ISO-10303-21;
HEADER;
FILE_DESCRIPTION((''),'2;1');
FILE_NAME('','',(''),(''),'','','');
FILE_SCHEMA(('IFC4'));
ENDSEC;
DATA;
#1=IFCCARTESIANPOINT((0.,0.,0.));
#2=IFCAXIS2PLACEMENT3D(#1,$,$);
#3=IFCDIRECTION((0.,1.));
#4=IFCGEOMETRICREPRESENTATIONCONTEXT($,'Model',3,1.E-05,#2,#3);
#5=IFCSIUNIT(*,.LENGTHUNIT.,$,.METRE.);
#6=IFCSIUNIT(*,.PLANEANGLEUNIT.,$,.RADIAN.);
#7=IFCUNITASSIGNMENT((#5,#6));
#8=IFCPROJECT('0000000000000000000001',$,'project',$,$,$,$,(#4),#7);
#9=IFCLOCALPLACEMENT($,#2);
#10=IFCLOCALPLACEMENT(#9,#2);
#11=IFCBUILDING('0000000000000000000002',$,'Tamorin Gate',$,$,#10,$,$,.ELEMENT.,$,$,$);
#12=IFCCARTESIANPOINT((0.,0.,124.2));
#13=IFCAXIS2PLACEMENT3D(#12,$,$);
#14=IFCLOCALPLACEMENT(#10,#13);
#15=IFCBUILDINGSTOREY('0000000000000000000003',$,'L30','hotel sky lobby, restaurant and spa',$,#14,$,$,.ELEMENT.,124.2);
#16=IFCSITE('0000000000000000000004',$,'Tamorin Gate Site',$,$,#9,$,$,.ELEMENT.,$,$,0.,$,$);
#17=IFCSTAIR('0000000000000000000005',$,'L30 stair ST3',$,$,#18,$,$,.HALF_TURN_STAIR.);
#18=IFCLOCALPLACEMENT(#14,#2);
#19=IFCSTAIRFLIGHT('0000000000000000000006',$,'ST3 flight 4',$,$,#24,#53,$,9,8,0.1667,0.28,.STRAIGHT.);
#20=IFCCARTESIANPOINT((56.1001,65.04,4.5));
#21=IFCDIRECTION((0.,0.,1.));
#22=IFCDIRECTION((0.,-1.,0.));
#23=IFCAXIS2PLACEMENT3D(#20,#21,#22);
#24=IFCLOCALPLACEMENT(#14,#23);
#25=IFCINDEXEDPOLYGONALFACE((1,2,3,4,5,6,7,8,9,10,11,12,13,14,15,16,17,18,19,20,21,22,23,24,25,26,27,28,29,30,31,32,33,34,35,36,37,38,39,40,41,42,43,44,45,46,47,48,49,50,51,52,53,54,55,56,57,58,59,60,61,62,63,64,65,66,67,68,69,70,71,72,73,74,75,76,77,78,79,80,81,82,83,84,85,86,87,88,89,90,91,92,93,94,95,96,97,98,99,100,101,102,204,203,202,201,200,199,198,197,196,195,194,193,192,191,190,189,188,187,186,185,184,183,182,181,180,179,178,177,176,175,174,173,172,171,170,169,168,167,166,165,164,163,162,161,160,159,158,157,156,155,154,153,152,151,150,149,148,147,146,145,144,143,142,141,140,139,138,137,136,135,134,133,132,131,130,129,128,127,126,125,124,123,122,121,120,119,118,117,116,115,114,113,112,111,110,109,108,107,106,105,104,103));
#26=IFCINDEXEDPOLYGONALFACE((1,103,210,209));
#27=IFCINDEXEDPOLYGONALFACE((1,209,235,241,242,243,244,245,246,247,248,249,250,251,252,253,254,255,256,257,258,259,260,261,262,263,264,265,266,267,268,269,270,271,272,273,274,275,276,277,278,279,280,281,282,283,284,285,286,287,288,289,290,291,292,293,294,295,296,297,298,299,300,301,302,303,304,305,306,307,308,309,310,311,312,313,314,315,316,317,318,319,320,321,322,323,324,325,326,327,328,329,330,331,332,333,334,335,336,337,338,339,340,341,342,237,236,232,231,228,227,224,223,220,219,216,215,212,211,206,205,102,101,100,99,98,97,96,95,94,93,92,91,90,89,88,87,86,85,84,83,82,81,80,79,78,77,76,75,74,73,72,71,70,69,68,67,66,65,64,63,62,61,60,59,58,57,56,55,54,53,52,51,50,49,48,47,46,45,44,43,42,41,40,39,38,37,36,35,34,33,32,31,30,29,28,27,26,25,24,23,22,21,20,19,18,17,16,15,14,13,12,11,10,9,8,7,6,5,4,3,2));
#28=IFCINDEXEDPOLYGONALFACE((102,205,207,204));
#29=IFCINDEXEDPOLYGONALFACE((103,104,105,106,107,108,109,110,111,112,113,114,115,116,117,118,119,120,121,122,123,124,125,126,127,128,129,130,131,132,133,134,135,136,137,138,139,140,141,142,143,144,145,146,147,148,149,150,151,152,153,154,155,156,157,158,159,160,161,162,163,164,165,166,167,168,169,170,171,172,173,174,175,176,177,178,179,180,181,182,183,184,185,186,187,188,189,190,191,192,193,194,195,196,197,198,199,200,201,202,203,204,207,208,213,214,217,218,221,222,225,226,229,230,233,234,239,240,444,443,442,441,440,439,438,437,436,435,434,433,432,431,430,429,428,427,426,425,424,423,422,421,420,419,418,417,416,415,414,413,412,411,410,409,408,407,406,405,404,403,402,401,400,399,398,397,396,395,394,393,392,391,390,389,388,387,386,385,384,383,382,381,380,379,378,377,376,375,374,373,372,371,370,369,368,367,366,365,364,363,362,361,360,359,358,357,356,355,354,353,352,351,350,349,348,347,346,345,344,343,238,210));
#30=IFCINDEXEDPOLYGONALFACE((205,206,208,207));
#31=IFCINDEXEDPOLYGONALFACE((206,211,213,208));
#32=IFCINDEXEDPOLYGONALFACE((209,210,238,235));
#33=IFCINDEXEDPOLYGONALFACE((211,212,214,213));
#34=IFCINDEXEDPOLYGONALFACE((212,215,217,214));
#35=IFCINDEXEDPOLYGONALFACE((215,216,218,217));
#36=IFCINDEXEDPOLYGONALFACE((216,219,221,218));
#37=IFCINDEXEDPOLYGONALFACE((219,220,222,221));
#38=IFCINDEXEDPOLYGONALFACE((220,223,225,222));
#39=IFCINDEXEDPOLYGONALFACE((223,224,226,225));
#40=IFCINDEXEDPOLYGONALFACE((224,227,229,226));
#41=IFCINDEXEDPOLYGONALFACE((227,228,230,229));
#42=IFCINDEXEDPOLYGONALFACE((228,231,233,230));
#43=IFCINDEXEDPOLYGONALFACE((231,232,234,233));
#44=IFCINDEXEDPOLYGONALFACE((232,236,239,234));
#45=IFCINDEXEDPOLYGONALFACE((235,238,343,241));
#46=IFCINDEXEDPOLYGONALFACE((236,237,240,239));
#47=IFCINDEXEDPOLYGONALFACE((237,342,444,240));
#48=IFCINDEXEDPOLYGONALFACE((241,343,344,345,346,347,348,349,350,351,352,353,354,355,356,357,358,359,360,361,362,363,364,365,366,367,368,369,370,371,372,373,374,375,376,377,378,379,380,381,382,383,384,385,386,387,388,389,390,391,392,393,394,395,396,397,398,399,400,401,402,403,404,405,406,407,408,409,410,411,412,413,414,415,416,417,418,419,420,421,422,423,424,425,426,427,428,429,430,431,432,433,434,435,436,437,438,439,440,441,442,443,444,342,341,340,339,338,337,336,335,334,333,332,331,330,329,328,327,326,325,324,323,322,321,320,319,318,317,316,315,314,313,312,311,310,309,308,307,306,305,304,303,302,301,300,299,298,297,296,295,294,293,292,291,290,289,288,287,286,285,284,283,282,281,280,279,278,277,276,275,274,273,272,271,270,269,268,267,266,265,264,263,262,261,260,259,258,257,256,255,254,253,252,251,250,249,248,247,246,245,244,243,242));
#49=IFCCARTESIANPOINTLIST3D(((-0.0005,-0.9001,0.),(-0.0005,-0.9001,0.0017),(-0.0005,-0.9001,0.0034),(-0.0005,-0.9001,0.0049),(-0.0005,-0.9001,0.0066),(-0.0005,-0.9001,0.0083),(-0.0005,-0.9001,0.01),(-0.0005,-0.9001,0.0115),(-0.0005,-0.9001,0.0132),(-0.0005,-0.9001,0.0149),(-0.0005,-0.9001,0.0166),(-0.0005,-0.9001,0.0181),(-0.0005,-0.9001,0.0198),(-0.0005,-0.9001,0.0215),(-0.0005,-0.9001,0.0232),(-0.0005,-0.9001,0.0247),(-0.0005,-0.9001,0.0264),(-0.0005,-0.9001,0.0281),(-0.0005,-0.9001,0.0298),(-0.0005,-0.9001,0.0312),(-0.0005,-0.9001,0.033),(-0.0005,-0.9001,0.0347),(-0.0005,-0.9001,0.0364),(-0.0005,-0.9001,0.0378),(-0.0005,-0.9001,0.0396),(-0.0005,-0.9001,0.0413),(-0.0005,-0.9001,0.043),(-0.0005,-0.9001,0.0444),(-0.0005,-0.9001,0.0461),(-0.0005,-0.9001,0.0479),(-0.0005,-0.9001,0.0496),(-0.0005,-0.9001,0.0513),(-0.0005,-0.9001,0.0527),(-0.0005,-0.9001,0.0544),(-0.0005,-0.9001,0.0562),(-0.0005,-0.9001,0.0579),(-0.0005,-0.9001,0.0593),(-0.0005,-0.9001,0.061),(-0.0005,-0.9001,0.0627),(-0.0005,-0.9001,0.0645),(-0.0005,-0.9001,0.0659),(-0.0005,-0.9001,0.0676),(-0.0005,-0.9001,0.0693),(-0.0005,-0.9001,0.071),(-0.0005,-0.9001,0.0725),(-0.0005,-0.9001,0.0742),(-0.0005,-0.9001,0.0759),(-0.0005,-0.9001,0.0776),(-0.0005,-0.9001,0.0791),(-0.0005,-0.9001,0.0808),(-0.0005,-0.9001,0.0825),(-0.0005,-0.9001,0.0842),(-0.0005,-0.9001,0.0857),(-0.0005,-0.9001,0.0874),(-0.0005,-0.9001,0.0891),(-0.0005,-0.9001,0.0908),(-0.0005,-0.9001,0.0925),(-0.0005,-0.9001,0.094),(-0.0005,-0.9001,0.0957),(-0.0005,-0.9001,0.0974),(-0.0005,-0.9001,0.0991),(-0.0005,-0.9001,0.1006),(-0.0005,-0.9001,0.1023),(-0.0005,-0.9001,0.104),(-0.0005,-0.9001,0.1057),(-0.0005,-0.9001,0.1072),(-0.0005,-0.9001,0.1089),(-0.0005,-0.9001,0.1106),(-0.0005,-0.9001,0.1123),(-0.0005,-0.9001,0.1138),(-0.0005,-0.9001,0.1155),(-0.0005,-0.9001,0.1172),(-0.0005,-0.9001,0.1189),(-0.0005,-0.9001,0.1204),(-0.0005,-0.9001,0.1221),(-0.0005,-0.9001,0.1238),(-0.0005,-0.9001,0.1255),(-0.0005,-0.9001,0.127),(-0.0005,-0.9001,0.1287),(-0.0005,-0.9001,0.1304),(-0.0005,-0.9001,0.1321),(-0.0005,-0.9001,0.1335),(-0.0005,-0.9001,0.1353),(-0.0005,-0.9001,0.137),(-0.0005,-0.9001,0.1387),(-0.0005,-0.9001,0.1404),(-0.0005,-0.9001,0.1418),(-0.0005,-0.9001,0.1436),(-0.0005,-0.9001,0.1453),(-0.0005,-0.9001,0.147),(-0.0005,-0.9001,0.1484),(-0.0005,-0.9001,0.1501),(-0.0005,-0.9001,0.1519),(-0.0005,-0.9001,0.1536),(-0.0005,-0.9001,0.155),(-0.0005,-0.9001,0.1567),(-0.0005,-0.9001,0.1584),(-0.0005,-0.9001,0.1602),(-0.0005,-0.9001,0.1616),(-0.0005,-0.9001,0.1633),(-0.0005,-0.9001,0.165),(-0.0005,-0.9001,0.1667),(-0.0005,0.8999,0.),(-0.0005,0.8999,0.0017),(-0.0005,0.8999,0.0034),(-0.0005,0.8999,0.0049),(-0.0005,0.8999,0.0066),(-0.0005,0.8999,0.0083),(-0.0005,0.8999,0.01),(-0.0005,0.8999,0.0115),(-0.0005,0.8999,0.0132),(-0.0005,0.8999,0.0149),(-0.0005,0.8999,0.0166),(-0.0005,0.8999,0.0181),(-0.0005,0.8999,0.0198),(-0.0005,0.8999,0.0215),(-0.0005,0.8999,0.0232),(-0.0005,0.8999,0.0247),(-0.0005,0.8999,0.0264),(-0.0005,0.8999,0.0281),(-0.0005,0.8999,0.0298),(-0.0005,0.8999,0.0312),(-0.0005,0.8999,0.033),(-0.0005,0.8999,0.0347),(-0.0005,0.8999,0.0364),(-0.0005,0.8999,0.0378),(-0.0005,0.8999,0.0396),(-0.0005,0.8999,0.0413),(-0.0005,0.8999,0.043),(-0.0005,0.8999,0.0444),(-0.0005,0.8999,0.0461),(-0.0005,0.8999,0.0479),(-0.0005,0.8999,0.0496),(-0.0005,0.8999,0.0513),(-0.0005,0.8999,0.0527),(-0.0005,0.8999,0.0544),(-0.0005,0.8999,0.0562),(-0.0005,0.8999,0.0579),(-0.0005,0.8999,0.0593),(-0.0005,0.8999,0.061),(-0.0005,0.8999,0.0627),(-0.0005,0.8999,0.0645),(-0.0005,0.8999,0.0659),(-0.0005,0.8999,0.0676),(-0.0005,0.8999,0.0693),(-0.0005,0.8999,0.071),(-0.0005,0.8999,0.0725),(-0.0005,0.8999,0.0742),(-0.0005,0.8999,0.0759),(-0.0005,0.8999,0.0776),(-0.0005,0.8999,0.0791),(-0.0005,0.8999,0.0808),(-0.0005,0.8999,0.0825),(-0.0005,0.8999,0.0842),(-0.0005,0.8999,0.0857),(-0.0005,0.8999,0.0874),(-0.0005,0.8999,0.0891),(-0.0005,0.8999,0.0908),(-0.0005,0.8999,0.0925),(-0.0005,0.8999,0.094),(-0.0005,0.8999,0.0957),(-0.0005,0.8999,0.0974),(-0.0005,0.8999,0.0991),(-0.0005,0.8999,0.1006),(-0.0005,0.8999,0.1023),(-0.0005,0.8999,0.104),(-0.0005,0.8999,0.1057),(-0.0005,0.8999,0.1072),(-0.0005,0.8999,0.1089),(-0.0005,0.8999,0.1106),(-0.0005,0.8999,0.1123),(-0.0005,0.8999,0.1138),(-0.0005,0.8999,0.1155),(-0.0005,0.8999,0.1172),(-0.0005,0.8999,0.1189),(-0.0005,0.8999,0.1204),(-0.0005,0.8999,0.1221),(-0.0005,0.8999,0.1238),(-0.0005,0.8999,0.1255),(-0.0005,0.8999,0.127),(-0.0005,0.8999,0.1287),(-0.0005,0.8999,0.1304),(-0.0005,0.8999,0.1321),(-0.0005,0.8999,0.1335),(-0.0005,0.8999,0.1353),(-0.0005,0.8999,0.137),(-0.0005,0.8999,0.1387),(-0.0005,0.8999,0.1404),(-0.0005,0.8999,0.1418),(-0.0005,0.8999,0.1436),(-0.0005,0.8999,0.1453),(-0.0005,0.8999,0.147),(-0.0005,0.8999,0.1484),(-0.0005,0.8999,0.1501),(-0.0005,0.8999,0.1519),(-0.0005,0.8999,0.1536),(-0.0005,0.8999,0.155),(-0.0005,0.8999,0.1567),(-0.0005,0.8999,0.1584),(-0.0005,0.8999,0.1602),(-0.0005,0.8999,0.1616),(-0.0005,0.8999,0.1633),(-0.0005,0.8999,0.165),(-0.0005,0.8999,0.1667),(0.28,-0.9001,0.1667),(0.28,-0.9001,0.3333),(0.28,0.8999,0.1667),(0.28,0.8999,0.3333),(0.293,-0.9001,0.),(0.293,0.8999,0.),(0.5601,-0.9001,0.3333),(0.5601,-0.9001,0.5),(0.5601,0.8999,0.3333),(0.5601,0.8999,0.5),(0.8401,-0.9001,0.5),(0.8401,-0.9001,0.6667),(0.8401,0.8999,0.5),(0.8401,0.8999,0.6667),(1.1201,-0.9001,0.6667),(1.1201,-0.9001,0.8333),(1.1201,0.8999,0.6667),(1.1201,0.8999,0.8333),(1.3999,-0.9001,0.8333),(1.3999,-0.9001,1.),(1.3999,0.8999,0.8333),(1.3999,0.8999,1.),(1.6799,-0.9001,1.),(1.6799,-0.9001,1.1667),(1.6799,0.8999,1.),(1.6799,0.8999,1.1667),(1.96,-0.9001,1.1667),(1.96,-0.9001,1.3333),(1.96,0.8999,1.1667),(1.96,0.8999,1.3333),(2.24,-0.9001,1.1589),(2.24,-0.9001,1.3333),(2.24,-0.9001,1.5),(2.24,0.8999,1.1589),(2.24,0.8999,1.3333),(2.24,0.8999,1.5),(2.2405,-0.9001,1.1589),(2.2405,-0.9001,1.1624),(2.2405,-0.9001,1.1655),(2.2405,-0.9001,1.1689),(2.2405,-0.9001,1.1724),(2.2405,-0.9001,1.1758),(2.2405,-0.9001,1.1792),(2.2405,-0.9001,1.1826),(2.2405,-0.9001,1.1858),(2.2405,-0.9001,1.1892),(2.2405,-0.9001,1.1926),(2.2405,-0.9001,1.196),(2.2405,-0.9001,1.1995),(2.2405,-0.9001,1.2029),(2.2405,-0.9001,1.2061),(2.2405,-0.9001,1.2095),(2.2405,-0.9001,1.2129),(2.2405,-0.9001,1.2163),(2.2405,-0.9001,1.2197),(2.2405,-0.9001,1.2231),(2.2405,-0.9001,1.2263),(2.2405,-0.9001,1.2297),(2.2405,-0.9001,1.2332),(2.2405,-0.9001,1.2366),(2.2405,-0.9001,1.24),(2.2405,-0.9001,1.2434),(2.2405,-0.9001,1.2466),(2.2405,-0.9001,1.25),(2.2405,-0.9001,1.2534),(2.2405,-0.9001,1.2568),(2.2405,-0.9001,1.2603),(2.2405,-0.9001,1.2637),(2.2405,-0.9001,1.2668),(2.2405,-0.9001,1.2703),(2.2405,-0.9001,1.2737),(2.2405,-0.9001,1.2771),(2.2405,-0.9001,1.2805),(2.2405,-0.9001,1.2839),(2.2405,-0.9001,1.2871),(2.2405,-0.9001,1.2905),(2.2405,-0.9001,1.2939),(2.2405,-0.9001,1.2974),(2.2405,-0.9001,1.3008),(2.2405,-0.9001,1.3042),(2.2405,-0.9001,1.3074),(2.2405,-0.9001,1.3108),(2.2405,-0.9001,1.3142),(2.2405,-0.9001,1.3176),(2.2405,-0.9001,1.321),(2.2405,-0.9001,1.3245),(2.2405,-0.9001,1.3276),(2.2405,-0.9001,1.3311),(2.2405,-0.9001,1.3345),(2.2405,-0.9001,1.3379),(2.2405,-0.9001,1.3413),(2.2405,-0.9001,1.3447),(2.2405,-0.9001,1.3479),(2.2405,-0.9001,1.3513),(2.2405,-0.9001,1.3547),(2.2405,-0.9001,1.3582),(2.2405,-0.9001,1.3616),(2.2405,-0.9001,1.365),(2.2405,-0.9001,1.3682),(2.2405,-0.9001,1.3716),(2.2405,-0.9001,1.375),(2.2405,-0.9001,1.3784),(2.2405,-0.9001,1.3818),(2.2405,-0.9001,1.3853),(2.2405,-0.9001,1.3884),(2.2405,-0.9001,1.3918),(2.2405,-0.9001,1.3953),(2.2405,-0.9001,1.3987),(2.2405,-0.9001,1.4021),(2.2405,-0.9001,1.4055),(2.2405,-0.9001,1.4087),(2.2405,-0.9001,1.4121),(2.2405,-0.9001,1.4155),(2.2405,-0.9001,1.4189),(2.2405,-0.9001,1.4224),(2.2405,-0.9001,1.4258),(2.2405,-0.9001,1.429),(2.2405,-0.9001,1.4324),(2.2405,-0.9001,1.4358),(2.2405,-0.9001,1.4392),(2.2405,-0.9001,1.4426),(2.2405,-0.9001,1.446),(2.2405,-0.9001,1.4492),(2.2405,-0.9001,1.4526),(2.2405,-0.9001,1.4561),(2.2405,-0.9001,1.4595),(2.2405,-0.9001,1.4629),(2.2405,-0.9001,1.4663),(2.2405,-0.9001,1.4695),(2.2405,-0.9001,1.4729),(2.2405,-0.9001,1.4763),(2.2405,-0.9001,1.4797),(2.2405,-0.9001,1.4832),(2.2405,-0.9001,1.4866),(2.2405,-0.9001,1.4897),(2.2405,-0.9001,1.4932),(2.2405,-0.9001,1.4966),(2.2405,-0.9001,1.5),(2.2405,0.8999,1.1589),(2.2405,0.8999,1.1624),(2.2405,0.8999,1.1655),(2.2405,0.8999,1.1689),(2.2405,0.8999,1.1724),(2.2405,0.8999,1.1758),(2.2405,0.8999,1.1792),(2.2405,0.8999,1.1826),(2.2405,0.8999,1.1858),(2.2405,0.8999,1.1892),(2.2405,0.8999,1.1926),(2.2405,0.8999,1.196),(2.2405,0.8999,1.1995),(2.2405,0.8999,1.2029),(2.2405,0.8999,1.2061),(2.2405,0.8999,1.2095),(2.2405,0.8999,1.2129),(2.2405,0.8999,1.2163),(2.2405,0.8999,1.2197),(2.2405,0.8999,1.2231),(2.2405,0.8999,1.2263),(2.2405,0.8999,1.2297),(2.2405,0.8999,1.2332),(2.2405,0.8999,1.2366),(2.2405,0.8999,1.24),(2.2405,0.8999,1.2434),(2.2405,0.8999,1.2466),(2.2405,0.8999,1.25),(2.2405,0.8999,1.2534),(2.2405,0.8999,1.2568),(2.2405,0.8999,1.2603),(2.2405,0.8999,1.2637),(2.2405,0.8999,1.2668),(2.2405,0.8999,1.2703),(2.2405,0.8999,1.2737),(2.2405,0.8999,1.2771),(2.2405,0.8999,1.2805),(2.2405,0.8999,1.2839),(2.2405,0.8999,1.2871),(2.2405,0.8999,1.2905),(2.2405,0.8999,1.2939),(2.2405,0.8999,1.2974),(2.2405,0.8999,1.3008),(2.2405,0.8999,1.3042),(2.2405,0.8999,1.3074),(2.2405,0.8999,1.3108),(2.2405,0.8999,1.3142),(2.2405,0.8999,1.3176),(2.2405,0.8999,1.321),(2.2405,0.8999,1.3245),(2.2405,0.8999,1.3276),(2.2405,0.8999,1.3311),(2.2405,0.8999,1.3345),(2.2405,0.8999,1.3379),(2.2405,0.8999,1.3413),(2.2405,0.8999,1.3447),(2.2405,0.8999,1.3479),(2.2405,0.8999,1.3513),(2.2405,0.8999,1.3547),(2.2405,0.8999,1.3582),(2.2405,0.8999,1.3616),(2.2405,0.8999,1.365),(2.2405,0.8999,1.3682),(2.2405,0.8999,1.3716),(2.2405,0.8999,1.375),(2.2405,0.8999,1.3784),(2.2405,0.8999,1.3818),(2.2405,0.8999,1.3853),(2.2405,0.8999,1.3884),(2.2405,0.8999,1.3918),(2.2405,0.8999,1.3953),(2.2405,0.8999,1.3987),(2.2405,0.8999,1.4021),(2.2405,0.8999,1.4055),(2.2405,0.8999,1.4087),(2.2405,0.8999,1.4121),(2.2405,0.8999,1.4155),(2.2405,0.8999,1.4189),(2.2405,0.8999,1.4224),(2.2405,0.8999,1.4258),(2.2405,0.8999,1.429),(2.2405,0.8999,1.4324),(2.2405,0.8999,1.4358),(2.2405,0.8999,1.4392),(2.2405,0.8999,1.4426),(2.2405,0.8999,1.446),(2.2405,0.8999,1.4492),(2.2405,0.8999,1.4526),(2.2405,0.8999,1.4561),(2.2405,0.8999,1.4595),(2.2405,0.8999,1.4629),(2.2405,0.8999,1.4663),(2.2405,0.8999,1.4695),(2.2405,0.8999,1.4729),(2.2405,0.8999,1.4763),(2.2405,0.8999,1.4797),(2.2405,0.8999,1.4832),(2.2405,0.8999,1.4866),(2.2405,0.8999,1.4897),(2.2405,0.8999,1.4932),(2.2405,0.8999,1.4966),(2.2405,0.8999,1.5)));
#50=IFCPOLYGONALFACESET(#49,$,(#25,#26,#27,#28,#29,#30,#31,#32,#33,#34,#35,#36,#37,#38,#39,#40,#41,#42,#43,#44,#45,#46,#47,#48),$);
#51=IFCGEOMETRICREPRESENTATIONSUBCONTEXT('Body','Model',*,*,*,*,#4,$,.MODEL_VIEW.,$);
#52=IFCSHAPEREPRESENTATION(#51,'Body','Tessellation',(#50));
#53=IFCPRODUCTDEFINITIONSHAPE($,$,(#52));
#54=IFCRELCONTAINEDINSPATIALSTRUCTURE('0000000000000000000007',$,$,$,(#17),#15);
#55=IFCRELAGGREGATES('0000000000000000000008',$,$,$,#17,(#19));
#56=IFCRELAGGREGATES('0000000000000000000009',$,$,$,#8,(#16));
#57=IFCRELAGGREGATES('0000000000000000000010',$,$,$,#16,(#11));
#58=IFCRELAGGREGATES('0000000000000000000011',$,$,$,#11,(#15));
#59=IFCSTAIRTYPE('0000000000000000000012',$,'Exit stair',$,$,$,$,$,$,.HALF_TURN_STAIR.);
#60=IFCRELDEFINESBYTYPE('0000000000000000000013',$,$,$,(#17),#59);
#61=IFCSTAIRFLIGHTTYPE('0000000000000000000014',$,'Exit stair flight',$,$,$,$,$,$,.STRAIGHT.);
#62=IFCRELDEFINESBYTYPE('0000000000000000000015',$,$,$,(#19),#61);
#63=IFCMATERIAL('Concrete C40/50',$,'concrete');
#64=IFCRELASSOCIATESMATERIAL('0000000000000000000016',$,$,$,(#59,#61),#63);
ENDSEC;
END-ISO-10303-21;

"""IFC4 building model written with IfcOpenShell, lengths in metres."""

from ifc_helpers import new_model, si_unit, direction, frame, origin, place, context, subcontext, project, spatial, polyline, outline, extrude, material, type_object, element, aggregate, save


model = new_model("IFC4")

# Units and contexts
model_context = context("Model", 3, precision=1e-05, world=origin(), true_north=direction((0.0, 1.0)))
body_context = subcontext(model_context, "Body", "Model", "MODEL_VIEW")
ifc_project = project(units=[si_unit("LENGTHUNIT", "METRE"), si_unit("PLANEANGLEUNIT", "RADIAN")], contexts=[model_context])

# Site, building, storey
site_placement = place(None, origin())
site = spatial("IfcSite", under=ifc_project, at=site_placement, Name="Tamorin Gate Site", CompositionType="ELEMENT", RefElevation=0.0)
building_placement = place(site_placement, origin())
building = spatial("IfcBuilding", under=site, at=building_placement, Name="Tamorin Gate", CompositionType="ELEMENT")
storey_placement = place(building_placement, frame((0.0, 0.0, 124.2)))
storey = spatial("IfcBuildingStorey", under=building, at=storey_placement, Name="L30", Description="hotel sky lobby, restaurant and spa", CompositionType="ELEMENT", Elevation=124.2)

# Shared definitions
ifc_material_1 = material(Name="Concrete C40/50", Category="concrete")

# Stair, stair flight
stair_type = type_object("IfcStairType", Name="Exit stair", PredefinedType="HALF_TURN_STAIR", material=ifc_material_1)
stair_placement = place(storey_placement, origin())
stair = element("IfcStair", 1, at=stair_placement, inside=storey, type_object=stair_type, Name="L30 stair ST3", PredefinedType="HALF_TURN_STAIR")
stair_flight_type = type_object("IfcStairFlightType", Name="Exit stair flight", PredefinedType="STRAIGHT", material=ifc_material_1)
stair_flight_1_placement = place(storey_placement, frame((56.1001, 65.04, 4.5), z_axis=(0.0, 0.0, 1.0), x_axis=(0.0, -1.0, 0.0)))
stair_flight_1 = element("IfcStairFlight", 2, at=stair_flight_1_placement, type_object=stair_flight_type, Name="ST3 flight 4", NumberOfRisers=9, NumberOfTreads=8, PredefinedType="STRAIGHT", RiserHeight=0.1667, TreadLength=0.28, context=body_context, shape_type="SweptSolid", body=[
    extrude(outline(polyline([(-0.0005, 0.0), (-0.0005, 0.0017), (-0.0005, 0.0034), (-0.0005, 0.0049), (-0.0005, 0.0066), (-0.0005, 0.0083), (-0.0005, 0.01), (-0.0005, 0.0115), (-0.0005, 0.0132), (-0.0005, 0.0149), (-0.0005, 0.0166), (-0.0005, 0.0181), (-0.0005, 0.0198), (-0.0005, 0.0215), (-0.0005, 0.0232), (-0.0005, 0.0247), (-0.0005, 0.0264), (-0.0005, 0.0281), (-0.0005, 0.0298), (-0.0005, 0.0312), (-0.0005, 0.033), (-0.0005, 0.0347), (-0.0005, 0.0364), (-0.0005, 0.0378), (-0.0005, 0.0396), (-0.0005, 0.0413), (-0.0005, 0.043), (-0.0005, 0.0444), (-0.0005, 0.0461), (-0.0005, 0.0479), (-0.0005, 0.0496), (-0.0005, 0.0513), (-0.0005, 0.0527), (-0.0005, 0.0544), (-0.0005, 0.0562), (-0.0005, 0.0579), (-0.0005, 0.0593), (-0.0005, 0.061), (-0.0005, 0.0627), (-0.0005, 0.0645), (-0.0005, 0.0659), (-0.0005, 0.0676), (-0.0005, 0.0693), (-0.0005, 0.071), (-0.0005, 0.0725), (-0.0005, 0.0742), (-0.0005, 0.0759), (-0.0005, 0.0776), (-0.0005, 0.0791), (-0.0005, 0.0808), (-0.0005, 0.0825), (-0.0005, 0.0842), (-0.0005, 0.0857), (-0.0005, 0.0874), (-0.0005, 0.0891), (-0.0005, 0.0908), (-0.0005, 0.0925), (-0.0005, 0.094), (-0.0005, 0.0957), (-0.0005, 0.0974), (-0.0005, 0.0991), (-0.0005, 0.1006), (-0.0005, 0.1023), (-0.0005, 0.104), (-0.0005, 0.1057), (-0.0005, 0.1072), (-0.0005, 0.1089), (-0.0005, 0.1106), (-0.0005, 0.1123), (-0.0005, 0.1138), (-0.0005, 0.1155), (-0.0005, 0.1172), (-0.0005, 0.1189), (-0.0005, 0.1204), (-0.0005, 0.1221), (-0.0005, 0.1238), (-0.0005, 0.1255), (-0.0005, 0.127), (-0.0005, 0.1287), (-0.0005, 0.1304), (-0.0005, 0.1321), (-0.0005, 0.1335), (-0.0005, 0.1353), (-0.0005, 0.137), (-0.0005, 0.1387), (-0.0005, 0.1404), (-0.0005, 0.1418), (-0.0005, 0.1436), (-0.0005, 0.1453), (-0.0005, 0.147), (-0.0005, 0.1484), (-0.0005, 0.1501), (-0.0005, 0.1519), (-0.0005, 0.1536), (-0.0005, 0.155), (-0.0005, 0.1567), (-0.0005, 0.1584), (-0.0005, 0.1602), (-0.0005, 0.1616), (-0.0005, 0.1633), (-0.0005, 0.165), (-0.0005, 0.1667), (0.28, 0.1667), (0.28, 0.3333), (0.5601, 0.3333), (0.5601, 0.5), (0.8401, 0.5), (0.8401, 0.6667), (1.1201, 0.6667), (1.1201, 0.8333), (1.3999, 0.8333), (1.3999, 1.0), (1.6799, 1.0), (1.6799, 1.1667), (1.96, 1.1667), (1.96, 1.3333), (2.24, 1.3333), (2.24, 1.5), (2.2405, 1.5), (2.2405, 1.4966), (2.2405, 1.4932), (2.2405, 1.4897), (2.2405, 1.4866), (2.2405, 1.4832), (2.2405, 1.4797), (2.2405, 1.4763), (2.2405, 1.4729), (2.2405, 1.4695), (2.2405, 1.4663), (2.2405, 1.4629), (2.2405, 1.4595), (2.2405, 1.4561), (2.2405, 1.4526), (2.2405, 1.4492), (2.2405, 1.446), (2.2405, 1.4426), (2.2405, 1.4392), (2.2405, 1.4358), (2.2405, 1.4324), (2.2405, 1.429), (2.2405, 1.4258), (2.2405, 1.4224), (2.2405, 1.4189), (2.2405, 1.4155), (2.2405, 1.4121), (2.2405, 1.4087), (2.2405, 1.4055), (2.2405, 1.4021), (2.2405, 1.3987), (2.2405, 1.3953), (2.2405, 1.3918), (2.2405, 1.3884), (2.2405, 1.3853), (2.2405, 1.3818), (2.2405, 1.3784), (2.2405, 1.375), (2.2405, 1.3716), (2.2405, 1.3682), (2.2405, 1.365), (2.2405, 1.3616), (2.2405, 1.3582), (2.2405, 1.3547), (2.2405, 1.3513), (2.2405, 1.3479), (2.2405, 1.3447), (2.2405, 1.3413), (2.2405, 1.3379), (2.2405, 1.3345), (2.2405, 1.3311), (2.2405, 1.3276), (2.2405, 1.3245), (2.2405, 1.321), (2.2405, 1.3176), (2.2405, 1.3142), (2.2405, 1.3108), (2.2405, 1.3074), (2.2405, 1.3042), (2.2405, 1.3008), (2.2405, 1.2974), (2.2405, 1.2939), (2.2405, 1.2905), (2.2405, 1.2871), (2.2405, 1.2839), (2.2405, 1.2805), (2.2405, 1.2771), (2.2405, 1.2737), (2.2405, 1.2703), (2.2405, 1.2668), (2.2405, 1.2637), (2.2405, 1.2603), (2.2405, 1.2568), (2.2405, 1.2534), (2.2405, 1.25), (2.2405, 1.2466), (2.2405, 1.2434), (2.2405, 1.24), (2.2405, 1.2366), (2.2405, 1.2332), (2.2405, 1.2297), (2.2405, 1.2263), (2.2405, 1.2231), (2.2405, 1.2197), (2.2405, 1.2163), (2.2405, 1.2129), (2.2405, 1.2095), (2.2405, 1.2061), (2.2405, 1.2029), (2.2405, 1.1995), (2.2405, 1.196), (2.2405, 1.1926), (2.2405, 1.1892), (2.2405, 1.1858), (2.2405, 1.1826), (2.2405, 1.1792), (2.2405, 1.1758), (2.2405, 1.1724), (2.2405, 1.1689), (2.2405, 1.1655), (2.2405, 1.1624), (2.2405, 1.1589), (2.24, 1.1589), (0.293, 0.0), (-0.0005, 0.0)])), frame((0.0, 0.8999, 0.0), z_axis=(0.0, -1.0, 0.0), x_axis=(1.0, 0.0, 0.0)), (0.0, 0.0, 1.0), 1.8),
])
aggregate(stair, [stair_flight_1])

save(model, "model.ifc")
